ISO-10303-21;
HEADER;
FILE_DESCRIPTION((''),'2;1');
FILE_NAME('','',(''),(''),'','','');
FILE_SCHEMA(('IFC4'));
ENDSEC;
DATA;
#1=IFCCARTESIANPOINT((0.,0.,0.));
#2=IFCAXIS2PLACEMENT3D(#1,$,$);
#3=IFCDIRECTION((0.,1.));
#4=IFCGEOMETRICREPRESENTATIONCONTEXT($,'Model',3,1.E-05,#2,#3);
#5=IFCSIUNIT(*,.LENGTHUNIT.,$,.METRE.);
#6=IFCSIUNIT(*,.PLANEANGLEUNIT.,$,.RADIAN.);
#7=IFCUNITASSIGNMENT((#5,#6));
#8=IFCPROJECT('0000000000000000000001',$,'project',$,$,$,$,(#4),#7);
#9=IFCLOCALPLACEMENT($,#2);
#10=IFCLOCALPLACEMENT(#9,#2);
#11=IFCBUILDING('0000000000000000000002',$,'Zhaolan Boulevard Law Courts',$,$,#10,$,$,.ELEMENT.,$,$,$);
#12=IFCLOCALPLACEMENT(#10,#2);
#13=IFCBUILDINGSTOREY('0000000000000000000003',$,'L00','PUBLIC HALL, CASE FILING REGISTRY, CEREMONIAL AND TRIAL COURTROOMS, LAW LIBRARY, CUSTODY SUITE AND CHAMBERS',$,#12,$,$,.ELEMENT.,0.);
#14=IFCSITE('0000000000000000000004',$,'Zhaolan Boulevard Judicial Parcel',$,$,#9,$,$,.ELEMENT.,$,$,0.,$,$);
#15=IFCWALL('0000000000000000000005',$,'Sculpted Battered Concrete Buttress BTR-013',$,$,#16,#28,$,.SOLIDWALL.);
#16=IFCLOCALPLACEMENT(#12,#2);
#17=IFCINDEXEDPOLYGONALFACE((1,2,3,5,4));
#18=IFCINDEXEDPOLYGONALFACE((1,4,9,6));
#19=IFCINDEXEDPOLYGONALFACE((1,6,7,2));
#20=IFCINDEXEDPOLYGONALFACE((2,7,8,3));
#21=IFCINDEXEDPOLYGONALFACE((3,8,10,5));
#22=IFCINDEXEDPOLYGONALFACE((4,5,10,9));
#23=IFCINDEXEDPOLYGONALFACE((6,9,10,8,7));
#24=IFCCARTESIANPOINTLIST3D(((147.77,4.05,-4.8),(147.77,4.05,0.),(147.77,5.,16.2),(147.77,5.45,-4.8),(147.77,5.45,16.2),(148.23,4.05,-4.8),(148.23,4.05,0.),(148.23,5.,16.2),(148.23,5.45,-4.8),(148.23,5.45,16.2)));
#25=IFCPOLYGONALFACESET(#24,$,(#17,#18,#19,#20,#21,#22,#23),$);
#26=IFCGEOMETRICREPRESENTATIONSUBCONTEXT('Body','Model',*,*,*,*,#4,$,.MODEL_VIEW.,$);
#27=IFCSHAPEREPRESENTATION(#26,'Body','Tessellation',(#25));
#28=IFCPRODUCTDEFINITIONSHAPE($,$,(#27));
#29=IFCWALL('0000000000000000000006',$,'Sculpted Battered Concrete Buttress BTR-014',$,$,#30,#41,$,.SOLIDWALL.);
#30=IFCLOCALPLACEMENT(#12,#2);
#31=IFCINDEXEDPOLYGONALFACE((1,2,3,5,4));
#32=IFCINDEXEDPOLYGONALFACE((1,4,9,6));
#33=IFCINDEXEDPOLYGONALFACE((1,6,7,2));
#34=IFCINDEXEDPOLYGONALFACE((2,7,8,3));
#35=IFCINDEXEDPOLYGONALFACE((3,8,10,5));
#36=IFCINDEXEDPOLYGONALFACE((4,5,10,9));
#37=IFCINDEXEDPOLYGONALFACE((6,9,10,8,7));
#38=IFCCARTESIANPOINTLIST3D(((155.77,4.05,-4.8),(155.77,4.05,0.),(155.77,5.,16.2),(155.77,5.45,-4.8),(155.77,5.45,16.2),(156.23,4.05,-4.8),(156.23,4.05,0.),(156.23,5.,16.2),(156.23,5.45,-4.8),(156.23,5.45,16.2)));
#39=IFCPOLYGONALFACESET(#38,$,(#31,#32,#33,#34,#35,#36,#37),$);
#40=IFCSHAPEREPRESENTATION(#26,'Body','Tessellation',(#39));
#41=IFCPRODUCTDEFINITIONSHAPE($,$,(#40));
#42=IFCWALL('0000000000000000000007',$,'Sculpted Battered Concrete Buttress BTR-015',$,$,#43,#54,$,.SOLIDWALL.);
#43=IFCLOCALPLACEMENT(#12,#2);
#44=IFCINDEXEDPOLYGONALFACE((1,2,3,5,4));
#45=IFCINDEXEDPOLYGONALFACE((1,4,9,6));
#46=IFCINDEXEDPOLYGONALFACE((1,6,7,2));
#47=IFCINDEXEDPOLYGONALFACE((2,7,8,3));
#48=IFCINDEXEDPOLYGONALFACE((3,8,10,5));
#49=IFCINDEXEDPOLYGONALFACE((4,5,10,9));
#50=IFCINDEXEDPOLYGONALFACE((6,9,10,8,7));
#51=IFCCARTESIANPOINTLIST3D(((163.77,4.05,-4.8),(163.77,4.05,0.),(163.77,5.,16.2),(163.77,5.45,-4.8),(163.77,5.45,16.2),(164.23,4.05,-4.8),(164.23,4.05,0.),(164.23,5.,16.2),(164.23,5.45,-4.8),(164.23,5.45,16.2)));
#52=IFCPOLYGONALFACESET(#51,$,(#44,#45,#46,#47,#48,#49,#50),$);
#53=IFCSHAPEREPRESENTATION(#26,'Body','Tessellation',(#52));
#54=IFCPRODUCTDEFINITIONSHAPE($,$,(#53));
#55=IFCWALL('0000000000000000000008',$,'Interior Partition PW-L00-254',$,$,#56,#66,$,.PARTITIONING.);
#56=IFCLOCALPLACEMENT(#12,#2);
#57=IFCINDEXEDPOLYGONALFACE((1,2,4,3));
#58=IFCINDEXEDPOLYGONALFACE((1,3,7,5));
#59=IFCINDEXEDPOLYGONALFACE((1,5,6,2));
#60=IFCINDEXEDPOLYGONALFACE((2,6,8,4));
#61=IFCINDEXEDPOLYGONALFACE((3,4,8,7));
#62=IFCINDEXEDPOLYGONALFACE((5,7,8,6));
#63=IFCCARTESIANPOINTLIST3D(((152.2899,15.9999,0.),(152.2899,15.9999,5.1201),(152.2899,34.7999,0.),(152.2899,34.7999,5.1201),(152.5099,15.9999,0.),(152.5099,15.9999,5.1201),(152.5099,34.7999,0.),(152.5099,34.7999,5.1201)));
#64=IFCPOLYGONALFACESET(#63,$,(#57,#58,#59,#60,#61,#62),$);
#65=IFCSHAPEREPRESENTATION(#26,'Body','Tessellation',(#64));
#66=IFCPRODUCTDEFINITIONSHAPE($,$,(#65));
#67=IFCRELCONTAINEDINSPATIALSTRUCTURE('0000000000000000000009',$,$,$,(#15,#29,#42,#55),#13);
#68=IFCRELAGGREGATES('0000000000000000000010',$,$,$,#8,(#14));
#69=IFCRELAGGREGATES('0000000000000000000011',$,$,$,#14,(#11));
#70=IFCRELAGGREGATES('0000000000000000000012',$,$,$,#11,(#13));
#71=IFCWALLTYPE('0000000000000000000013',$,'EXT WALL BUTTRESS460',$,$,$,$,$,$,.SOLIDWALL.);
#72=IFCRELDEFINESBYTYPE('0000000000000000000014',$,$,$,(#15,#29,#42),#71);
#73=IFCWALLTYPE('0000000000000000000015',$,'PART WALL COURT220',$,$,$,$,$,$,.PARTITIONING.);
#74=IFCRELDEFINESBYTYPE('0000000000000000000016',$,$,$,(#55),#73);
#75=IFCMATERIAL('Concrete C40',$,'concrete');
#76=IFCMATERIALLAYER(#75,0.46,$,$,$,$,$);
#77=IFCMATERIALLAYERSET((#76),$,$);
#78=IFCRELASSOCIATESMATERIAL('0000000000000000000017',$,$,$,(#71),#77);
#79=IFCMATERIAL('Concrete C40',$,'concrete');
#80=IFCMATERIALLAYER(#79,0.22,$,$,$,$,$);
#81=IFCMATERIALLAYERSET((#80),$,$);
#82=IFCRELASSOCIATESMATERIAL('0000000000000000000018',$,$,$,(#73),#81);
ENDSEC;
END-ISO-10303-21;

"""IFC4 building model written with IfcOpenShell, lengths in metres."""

from ifc_helpers import new_model, si_unit, direction, frame, frame_2d, origin, place, context, subcontext, project, spatial, polyline, rectangle, outline, extrude, material, layer, layer_set, type_object, element, save


model = new_model("IFC4")

# Units and contexts
model_context = context("Model", 3, precision=1e-05, world=origin(), true_north=direction((0.0, 1.0)))
body_context = subcontext(model_context, "Body", "Model", "MODEL_VIEW")
ifc_project = project(units=[si_unit("LENGTHUNIT", "METRE"), si_unit("PLANEANGLEUNIT", "RADIAN")], contexts=[model_context])

# Site, building, storey
site_placement = place(None, origin())
site = spatial("IfcSite", under=ifc_project, at=site_placement, Name="Zhaolan Boulevard Judicial Parcel", CompositionType="ELEMENT", RefElevation=0.0)
building_placement = place(site_placement, origin())
building = spatial("IfcBuilding", under=site, at=building_placement, Name="Zhaolan Boulevard Law Courts", CompositionType="ELEMENT")
storey_placement = place(building_placement, origin())
storey = spatial("IfcBuildingStorey", under=building, at=storey_placement, Name="L00", Description="PUBLIC HALL, CASE FILING REGISTRY, CEREMONIAL AND TRIAL COURTROOMS, LAW LIBRARY, CUSTODY SUITE AND CHAMBERS", CompositionType="ELEMENT", Elevation=0.0)

# Walls
ifc_material_1 = material(Name="Concrete C40", Category="concrete")
ifc_layer_1 = layer(ifc_material_1, 0.46)
ifc_layer_set_1 = layer_set([ifc_layer_1])
wall_type_1 = type_object("IfcWallType", Name="EXT WALL BUTTRESS460", PredefinedType="SOLIDWALL", material=ifc_layer_set_1)
for number, where, z_axis, x_axis, name in (
    (1, (148.0, 5.45, -4.8), (0.0, 0.0, 1.0), (0.0, -1.0, 0.0), "Sculpted Battered Concrete Buttress BTR-013"),
    (2, (156.0, 5.45, -4.8), (0.0, 0.0, 1.0), (0.0, -1.0, 0.0), "Sculpted Battered Concrete Buttress BTR-014"),
    (3, (164.0, 5.45, -4.8), (0.0, 0.0, 1.0), (0.0, -1.0, 0.0), "Sculpted Battered Concrete Buttress BTR-015"),
):
    element("IfcWall", number, at=place(storey_placement, frame(where, z_axis=z_axis, x_axis=x_axis)), inside=storey, type_object=wall_type_1, Name=name, PredefinedType="SOLIDWALL", context=body_context, shape_type="SweptSolid", body=[
        extrude(outline(polyline([(0.0, 0.0), (1.3999, 0.0), (1.3999, 4.8), (0.45, 21.0), (0.0, 21.0), (0.0, 0.0)])), frame((0.0, 0.23, 0.0), z_axis=(0.0, -1.0, 0.0), x_axis=(1.0, 0.0, 0.0)), (0.0, 0.0, 1.0), 0.46),
    ])

# Wall
ifc_material_2 = material(Name="Concrete C40", Category="concrete")
ifc_layer_2 = layer(ifc_material_2, 0.22)
ifc_layer_set_2 = layer_set([ifc_layer_2])
wall_type_2 = type_object("IfcWallType", Name="PART WALL COURT220", PredefinedType="PARTITIONING", material=ifc_layer_set_2)
wall_1_placement = place(storey_placement, frame((152.3999, 16.0, 0.0), z_axis=(0.0, 0.0, 1.0), x_axis=(0.0, 1.0, 0.0)))
element("IfcWall", 4, at=wall_1_placement, inside=storey, type_object=wall_type_2, Name="Interior Partition PW-L00-254", PredefinedType="PARTITIONING", context=body_context, shape_type="SweptSolid", body=[
    extrude(rectangle(XDim=18.8, YDim=0.22, at=frame_2d((9.3999, 0.0))), origin(), (0.0, 0.0, 1.0), 5.1201),
])

save(model, "model.ifc")
